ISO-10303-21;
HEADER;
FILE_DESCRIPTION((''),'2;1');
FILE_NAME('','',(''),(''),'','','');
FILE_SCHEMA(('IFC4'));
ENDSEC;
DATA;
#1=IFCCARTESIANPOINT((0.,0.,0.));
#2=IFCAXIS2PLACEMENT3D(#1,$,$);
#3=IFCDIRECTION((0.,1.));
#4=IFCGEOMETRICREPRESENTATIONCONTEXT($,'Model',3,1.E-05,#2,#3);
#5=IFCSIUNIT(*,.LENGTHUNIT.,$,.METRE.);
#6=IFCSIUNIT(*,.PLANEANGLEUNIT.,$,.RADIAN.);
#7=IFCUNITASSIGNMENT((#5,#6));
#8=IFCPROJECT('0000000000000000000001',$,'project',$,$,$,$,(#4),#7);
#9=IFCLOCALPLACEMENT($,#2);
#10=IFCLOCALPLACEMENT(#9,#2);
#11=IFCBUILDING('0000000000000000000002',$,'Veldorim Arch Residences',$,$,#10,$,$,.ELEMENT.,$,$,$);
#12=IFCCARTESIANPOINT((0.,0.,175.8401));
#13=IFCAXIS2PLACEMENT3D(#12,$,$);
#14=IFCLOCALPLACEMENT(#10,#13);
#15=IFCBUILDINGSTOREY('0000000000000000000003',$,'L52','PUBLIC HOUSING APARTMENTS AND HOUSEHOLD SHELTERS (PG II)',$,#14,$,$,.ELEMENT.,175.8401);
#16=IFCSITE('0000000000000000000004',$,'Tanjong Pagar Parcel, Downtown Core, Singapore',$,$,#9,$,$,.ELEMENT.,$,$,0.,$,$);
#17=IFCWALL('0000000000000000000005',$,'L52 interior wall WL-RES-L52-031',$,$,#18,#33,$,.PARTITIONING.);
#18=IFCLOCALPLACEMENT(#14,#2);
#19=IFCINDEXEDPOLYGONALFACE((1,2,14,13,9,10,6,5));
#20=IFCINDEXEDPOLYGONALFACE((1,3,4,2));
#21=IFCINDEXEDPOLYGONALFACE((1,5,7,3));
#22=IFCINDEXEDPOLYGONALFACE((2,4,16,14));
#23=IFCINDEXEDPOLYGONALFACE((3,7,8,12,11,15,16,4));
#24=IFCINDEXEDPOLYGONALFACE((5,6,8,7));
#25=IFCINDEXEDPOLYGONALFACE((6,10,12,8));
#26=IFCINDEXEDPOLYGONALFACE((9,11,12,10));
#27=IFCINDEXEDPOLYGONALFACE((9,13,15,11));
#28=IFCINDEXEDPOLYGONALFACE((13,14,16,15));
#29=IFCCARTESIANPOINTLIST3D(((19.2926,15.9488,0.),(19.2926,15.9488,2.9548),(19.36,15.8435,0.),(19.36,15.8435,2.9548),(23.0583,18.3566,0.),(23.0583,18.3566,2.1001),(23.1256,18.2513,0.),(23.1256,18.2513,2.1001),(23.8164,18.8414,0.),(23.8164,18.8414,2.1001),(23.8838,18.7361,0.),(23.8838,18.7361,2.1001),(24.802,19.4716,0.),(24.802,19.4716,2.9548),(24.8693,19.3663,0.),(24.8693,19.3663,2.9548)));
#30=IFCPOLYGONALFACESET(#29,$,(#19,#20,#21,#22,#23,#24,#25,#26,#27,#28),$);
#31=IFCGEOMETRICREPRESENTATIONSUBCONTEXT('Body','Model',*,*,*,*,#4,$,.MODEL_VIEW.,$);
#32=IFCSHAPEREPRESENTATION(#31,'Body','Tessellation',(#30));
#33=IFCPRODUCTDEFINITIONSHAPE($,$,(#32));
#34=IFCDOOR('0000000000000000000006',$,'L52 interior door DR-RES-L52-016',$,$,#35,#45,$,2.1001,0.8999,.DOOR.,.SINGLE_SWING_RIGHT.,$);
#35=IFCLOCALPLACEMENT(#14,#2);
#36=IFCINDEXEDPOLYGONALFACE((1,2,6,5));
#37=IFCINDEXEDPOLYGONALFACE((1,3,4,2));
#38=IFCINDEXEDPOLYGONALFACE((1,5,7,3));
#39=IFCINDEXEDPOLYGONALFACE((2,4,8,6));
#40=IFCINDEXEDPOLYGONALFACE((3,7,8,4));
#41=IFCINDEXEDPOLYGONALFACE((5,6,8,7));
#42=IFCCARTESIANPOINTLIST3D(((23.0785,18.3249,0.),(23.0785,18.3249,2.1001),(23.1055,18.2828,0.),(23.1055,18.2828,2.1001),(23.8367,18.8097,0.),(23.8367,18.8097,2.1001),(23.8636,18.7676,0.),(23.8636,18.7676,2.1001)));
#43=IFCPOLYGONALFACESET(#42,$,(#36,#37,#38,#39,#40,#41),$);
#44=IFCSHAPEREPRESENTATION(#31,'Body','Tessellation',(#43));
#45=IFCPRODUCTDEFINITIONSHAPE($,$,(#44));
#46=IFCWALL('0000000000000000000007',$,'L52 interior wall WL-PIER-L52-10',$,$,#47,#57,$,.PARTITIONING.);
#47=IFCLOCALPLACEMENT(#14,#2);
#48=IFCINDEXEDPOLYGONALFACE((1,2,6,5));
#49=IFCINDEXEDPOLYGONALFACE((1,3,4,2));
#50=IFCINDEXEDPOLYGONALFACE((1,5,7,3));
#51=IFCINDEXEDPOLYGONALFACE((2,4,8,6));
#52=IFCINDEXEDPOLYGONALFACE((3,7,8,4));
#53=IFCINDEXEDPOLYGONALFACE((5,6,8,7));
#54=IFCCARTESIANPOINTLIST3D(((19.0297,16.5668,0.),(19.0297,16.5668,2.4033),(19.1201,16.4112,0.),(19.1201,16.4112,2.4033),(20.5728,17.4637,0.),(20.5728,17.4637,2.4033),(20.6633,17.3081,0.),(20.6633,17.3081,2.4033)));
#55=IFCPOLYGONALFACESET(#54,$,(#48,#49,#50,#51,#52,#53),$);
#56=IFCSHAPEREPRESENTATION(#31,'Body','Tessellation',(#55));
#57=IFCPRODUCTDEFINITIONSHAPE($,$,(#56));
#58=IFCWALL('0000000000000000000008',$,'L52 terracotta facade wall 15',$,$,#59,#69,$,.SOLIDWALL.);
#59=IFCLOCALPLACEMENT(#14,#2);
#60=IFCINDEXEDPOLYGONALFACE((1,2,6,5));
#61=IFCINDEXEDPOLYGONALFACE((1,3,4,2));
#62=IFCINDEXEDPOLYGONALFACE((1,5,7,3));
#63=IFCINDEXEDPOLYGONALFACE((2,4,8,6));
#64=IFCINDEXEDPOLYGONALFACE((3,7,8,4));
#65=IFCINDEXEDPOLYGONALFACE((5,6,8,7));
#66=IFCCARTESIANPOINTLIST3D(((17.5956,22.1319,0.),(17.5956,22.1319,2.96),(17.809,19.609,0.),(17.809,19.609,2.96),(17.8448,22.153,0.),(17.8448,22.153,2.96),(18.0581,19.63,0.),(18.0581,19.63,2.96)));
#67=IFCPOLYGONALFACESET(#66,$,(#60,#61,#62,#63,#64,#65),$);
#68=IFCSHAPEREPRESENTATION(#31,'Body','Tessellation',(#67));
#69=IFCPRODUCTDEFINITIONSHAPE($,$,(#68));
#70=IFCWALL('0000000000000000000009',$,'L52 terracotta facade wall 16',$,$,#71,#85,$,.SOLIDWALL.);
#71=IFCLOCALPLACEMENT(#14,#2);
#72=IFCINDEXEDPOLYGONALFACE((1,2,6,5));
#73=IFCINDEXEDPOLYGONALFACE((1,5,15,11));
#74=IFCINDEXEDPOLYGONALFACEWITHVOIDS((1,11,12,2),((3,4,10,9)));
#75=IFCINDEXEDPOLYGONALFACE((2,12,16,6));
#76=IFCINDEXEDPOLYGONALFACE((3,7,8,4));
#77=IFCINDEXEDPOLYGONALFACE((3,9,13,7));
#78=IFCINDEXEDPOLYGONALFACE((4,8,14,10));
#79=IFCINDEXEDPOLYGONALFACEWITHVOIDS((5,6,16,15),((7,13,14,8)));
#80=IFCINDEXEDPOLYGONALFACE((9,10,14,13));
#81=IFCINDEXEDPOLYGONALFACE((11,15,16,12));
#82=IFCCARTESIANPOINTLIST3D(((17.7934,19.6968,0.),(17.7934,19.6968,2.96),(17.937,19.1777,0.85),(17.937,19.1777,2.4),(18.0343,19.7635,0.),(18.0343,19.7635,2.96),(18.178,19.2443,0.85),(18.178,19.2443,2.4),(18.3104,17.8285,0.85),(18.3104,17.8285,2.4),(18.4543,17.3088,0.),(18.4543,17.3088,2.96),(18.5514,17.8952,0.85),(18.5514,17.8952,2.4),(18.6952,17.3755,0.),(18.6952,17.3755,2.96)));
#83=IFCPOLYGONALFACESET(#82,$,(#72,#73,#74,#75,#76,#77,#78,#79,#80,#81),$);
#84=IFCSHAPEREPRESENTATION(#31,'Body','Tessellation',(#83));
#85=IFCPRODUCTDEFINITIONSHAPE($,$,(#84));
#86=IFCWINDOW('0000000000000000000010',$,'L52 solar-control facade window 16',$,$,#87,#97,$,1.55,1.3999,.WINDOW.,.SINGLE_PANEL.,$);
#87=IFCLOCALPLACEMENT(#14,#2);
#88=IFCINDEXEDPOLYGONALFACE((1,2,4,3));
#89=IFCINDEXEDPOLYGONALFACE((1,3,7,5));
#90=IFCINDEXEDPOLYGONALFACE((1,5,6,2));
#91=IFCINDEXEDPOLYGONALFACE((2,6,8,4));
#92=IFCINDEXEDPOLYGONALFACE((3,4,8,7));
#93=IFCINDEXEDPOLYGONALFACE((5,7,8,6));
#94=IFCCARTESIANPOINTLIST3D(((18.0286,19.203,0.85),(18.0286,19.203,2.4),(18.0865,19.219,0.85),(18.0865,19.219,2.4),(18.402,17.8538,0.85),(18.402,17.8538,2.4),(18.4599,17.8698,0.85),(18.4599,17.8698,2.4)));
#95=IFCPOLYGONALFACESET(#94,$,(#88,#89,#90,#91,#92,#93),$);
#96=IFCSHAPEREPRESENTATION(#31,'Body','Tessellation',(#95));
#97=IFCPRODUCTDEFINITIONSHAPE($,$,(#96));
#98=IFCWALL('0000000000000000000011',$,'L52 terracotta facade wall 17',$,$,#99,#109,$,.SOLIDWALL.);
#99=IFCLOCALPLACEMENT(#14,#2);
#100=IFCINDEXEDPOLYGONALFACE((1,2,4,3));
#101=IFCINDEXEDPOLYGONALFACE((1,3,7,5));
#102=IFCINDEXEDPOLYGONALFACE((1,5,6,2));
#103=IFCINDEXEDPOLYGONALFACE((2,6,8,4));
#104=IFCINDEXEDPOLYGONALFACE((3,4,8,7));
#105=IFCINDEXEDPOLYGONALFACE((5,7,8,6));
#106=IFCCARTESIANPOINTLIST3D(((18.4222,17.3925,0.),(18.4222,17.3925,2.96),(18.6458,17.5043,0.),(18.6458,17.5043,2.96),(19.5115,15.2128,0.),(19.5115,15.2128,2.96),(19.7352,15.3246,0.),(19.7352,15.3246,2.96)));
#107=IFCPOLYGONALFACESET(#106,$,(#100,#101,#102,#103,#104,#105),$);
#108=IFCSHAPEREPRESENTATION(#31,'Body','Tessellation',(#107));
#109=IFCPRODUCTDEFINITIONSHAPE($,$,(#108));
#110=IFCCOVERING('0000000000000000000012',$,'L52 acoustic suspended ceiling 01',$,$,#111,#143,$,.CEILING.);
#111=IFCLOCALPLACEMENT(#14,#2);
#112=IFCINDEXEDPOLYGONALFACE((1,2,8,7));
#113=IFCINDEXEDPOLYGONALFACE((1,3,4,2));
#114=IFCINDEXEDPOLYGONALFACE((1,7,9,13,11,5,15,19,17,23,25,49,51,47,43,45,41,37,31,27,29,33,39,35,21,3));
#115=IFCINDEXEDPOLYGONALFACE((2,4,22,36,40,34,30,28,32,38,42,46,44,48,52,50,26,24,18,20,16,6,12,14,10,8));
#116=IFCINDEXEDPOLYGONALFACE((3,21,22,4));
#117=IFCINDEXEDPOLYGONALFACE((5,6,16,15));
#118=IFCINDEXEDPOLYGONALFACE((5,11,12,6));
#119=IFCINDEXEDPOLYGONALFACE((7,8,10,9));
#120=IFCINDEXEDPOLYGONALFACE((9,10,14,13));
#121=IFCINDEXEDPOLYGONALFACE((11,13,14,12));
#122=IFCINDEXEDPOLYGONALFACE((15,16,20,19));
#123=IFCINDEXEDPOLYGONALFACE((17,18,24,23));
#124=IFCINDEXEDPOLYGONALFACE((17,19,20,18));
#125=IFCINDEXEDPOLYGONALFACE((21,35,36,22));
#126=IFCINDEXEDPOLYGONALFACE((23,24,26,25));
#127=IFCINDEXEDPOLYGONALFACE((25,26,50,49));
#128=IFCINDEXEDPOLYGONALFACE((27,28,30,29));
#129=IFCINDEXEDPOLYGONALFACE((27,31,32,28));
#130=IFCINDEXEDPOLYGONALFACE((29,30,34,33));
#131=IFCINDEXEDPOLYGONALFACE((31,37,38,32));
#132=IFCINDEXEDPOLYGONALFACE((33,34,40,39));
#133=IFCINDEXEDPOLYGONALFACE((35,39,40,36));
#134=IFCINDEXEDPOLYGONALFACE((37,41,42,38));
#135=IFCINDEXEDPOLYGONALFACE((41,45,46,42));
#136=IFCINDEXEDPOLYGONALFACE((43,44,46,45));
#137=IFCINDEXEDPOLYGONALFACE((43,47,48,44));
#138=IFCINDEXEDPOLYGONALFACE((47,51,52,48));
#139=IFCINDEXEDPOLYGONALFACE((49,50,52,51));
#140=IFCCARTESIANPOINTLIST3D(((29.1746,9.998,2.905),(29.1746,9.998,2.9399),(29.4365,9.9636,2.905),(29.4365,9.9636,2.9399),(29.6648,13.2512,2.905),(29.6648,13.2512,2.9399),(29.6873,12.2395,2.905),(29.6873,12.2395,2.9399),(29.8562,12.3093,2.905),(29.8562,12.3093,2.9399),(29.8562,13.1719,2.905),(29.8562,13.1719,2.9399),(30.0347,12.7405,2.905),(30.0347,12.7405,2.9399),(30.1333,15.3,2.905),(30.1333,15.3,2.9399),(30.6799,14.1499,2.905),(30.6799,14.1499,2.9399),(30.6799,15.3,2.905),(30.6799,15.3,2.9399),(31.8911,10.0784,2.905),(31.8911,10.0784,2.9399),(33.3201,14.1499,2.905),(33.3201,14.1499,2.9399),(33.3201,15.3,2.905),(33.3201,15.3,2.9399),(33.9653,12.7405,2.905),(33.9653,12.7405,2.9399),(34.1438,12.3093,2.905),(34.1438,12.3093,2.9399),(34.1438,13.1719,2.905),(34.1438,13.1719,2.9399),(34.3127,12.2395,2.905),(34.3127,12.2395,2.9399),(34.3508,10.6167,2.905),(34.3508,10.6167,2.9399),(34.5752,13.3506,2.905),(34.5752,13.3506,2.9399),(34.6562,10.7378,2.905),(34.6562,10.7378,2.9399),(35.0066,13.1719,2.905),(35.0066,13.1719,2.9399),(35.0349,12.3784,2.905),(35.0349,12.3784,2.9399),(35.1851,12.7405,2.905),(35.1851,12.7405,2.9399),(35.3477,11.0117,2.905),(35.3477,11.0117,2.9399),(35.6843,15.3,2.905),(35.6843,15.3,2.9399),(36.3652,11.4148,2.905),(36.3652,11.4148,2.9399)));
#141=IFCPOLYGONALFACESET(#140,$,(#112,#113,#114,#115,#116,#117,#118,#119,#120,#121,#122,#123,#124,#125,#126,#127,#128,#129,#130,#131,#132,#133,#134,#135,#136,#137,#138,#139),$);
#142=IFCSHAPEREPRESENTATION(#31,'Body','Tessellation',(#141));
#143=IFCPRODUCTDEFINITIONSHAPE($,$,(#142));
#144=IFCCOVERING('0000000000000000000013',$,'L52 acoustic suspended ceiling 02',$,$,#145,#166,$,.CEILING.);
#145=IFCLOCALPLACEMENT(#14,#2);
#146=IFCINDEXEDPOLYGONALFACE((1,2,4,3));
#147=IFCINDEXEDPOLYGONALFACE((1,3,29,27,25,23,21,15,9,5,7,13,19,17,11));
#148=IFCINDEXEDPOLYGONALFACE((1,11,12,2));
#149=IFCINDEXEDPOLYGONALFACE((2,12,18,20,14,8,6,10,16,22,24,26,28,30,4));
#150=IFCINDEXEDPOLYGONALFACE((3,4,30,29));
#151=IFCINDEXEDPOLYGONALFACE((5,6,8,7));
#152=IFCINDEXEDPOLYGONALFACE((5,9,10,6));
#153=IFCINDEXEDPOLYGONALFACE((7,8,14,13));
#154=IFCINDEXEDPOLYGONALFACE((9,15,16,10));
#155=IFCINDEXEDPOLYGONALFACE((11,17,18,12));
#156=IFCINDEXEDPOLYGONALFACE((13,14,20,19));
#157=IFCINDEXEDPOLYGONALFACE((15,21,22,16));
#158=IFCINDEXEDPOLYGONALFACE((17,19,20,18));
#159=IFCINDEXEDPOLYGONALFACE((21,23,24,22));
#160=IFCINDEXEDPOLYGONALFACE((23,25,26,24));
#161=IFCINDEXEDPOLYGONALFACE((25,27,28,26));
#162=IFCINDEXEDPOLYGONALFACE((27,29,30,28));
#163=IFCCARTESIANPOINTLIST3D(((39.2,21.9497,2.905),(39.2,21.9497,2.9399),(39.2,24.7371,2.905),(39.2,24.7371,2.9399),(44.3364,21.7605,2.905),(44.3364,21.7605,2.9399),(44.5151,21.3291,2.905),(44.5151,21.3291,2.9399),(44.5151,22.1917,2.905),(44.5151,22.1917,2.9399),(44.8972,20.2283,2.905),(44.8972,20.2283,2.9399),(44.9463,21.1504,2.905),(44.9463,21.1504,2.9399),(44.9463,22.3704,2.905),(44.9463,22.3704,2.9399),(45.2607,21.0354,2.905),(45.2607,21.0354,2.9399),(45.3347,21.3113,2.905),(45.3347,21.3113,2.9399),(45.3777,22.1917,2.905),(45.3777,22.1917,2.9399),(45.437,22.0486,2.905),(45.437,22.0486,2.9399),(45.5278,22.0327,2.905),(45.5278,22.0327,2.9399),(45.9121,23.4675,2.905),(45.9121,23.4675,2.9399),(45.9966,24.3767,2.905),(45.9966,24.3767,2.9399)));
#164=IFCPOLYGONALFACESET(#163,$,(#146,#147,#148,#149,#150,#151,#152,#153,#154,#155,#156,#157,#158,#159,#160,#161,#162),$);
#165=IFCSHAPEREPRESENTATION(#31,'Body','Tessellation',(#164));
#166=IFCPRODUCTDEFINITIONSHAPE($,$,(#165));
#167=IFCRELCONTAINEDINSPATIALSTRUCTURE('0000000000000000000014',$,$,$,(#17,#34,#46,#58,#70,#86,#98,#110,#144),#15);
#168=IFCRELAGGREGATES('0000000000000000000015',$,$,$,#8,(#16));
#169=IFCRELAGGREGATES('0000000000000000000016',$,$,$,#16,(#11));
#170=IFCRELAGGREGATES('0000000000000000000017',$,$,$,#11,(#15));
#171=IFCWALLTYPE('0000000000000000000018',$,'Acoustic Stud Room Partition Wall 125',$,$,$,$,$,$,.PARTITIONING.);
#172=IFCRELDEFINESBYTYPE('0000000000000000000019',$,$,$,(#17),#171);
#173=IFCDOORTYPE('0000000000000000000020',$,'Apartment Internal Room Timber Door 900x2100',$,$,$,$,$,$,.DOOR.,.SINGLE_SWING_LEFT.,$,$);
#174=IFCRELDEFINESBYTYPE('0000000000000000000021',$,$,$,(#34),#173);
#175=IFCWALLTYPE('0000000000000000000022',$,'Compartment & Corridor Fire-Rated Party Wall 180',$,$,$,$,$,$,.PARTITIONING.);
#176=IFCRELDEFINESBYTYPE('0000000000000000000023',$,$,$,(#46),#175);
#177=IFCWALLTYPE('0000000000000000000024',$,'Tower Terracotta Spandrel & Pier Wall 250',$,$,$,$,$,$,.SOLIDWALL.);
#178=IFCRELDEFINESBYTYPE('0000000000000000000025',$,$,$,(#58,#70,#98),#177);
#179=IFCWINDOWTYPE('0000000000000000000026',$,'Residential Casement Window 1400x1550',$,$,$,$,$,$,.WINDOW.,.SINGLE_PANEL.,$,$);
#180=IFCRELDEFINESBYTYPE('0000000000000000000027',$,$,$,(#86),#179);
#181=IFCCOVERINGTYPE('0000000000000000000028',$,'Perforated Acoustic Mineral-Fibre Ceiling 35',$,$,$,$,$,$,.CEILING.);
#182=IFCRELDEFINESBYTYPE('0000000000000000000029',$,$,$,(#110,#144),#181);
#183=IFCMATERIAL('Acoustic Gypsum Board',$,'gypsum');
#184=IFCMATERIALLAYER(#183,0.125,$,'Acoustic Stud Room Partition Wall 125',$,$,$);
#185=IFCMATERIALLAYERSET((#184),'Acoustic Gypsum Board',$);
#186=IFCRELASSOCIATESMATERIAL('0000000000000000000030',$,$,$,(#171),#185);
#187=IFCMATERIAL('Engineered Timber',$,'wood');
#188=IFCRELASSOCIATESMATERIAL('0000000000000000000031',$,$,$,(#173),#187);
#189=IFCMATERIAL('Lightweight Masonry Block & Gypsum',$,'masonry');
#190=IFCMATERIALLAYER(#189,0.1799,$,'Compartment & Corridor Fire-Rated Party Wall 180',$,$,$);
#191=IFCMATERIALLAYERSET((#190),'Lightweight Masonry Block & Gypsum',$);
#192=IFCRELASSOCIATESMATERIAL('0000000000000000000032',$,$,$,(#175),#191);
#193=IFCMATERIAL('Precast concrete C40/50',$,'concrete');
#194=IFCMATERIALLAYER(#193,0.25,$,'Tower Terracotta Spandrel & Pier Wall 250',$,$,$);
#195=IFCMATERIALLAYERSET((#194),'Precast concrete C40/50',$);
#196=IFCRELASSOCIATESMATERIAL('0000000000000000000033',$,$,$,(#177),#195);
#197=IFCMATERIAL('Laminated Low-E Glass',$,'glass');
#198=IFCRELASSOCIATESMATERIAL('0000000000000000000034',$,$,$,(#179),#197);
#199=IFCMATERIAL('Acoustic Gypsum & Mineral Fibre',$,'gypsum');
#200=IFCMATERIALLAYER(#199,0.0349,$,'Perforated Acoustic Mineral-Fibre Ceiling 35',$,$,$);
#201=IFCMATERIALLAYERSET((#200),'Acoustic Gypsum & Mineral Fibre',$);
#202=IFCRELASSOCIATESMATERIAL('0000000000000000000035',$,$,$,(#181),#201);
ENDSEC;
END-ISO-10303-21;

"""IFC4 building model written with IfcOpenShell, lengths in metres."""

from ifc_helpers import new_model, si_unit, direction, frame, frame_2d, origin, place, context, subcontext, project, spatial, polyline, rectangle, outline, extrude, material, layer, layer_set, type_object, element, fill, save


model = new_model("IFC4")

# Units and contexts
model_context = context("Model", 3, precision=1e-05, world=origin(), true_north=direction((0.0, 1.0)))
body_context = subcontext(model_context, "Body", "Model", "MODEL_VIEW")
ifc_project = project(units=[si_unit("LENGTHUNIT", "METRE"), si_unit("PLANEANGLEUNIT", "RADIAN")], contexts=[model_context])

# Site, building, storey
site_placement = place(None, origin())
site = spatial("IfcSite", under=ifc_project, at=site_placement, Name="Tanjong Pagar Parcel, Downtown Core, Singapore", CompositionType="ELEMENT", RefElevation=0.0)
building_placement = place(site_placement, origin())
building = spatial("IfcBuilding", under=site, at=building_placement, Name="Veldorim Arch Residences", CompositionType="ELEMENT")
storey_placement = place(building_placement, frame((0.0, 0.0, 175.8401)))
storey = spatial("IfcBuildingStorey", under=building, at=storey_placement, Name="L52", Description="PUBLIC HOUSING APARTMENTS AND HOUSEHOLD SHELTERS (PG II)", CompositionType="ELEMENT", Elevation=175.8401)

# Wall, opening, door
ifc_material_1 = material(Name="Acoustic Gypsum Board", Category="gypsum")
ifc_layer_1 = layer(ifc_material_1, 0.125, Name="Acoustic Stud Room Partition Wall 125")
ifc_layer_set_1 = layer_set([ifc_layer_1], Name="Acoustic Gypsum Board")
wall_type_1 = type_object("IfcWallType", Name="Acoustic Stud Room Partition Wall 125", PredefinedType="PARTITIONING", material=ifc_layer_set_1)
wall_1_placement = place(storey_placement, frame((19.3264, 15.8962, 0.0), z_axis=(0.0, 0.0, 1.0), x_axis=(0.842496, 0.538703, 0.0)))
wall_1 = element("IfcWall", 1, at=wall_1_placement, inside=storey, type_object=wall_type_1, Name="L52 interior wall WL-RES-L52-031", PredefinedType="PARTITIONING", context=body_context, shape_type="SweptSolid", body=[
    extrude(rectangle(XDim=6.5393, YDim=0.125, at=frame_2d((3.2695, 0.0))), origin(), (0.0, 0.0, 1.0), 2.9548),
])
opening_1_placement = place(wall_1_placement, frame((4.4695, 0.0, 0.0)))
opening_1 = element("IfcOpeningElement", 2, at=opening_1_placement, cuts=wall_1, PredefinedType="OPENING", context=body_context, shape_type="SweptSolid", body=[
    extrude(rectangle(XDim=0.8999, YDim=2.1001, at=frame_2d((0.45, 1.05))), frame((0.0, 0.0725, 0.0), z_axis=(0.0, -1.0, 0.0), x_axis=(1.0, 0.0, 0.0)), (0.0, 0.0, 1.0), 0.145),
])
ifc_material_2 = material(Name="Engineered Timber", Category="wood")
door_type = type_object("IfcDoorType", Name="Apartment Internal Room Timber Door 900x2100", OperationType="SINGLE_SWING_LEFT", PredefinedType="DOOR", material=ifc_material_2)
door_placement = place(opening_1_placement, origin())
door = element("IfcDoor", 3, at=door_placement, inside=storey, type_object=door_type, Name="L52 interior door DR-RES-L52-016", OperationType="SINGLE_SWING_RIGHT", OverallHeight=2.1001, OverallWidth=0.8999, PredefinedType="DOOR", context=body_context, shape_type="SweptSolid", body=[
    extrude(rectangle(XDim=0.8999, YDim=2.1001, at=frame_2d((0.45, 1.05))), frame((0.0, 0.0249, 0.0), z_axis=(0.0, -1.0, 0.0), x_axis=(1.0, 0.0, 0.0)), (0.0, 0.0, 1.0), 0.05),
])
fill(opening_1, door)

# Walls
ifc_material_3 = material(Name="Lightweight Masonry Block & Gypsum", Category="masonry")
ifc_layer_2 = layer(ifc_material_3, 0.1799, Name="Compartment & Corridor Fire-Rated Party Wall 180")
ifc_layer_set_2 = layer_set([ifc_layer_2], Name="Lightweight Masonry Block & Gypsum")
wall_type_2 = type_object("IfcWallType", Name="Compartment & Corridor Fire-Rated Party Wall 180", PredefinedType="PARTITIONING", material=ifc_layer_set_2)
wall_2_placement = place(storey_placement, frame((20.6182, 17.386, 0.0), z_axis=(0.0, 0.0, 1.0), x_axis=(-0.864567, -0.502518, 0.0)))
element("IfcWall", 4, at=wall_2_placement, inside=storey, type_object=wall_type_2, Name="L52 interior wall WL-PIER-L52-10", PredefinedType="PARTITIONING", context=body_context, shape_type="SweptSolid", body=[
    extrude(rectangle(XDim=1.7849, YDim=0.1799, at=frame_2d((0.8926, 0.0))), origin(), (0.0, 0.0, 1.0), 2.4033),
])
ifc_material_4 = material(Name="Precast concrete C40/50", Category="concrete")
ifc_layer_3 = layer(ifc_material_4, 0.25, Name="Tower Terracotta Spandrel & Pier Wall 250")
ifc_layer_set_3 = layer_set([ifc_layer_3], Name="Precast concrete C40/50")
wall_type_3 = type_object("IfcWallType", Name="Tower Terracotta Spandrel & Pier Wall 250", PredefinedType="SOLIDWALL", material=ifc_layer_set_3)
wall_3_placement = place(storey_placement, frame((17.9336, 19.6194, 0.0), z_axis=(0.0, 0.0, 1.0), x_axis=(-0.084274, 0.996443, 0.0)))
element("IfcWall", 5, at=wall_3_placement, inside=storey, type_object=wall_type_3, Name="L52 terracotta facade wall 15", PredefinedType="SOLIDWALL", context=body_context, shape_type="SweptSolid", body=[
    extrude(rectangle(XDim=2.532, YDim=0.25, at=frame_2d((1.2661, 0.0))), origin(), (0.0, 0.0, 1.0), 2.96),
])

# Wall, opening, window
wall_4_placement = place(storey_placement, frame((18.5747, 17.3423, 0.0), z_axis=(0.0, 0.0, 1.0), x_axis=(-0.266734, 0.96377, 0.0)))
wall_4 = element("IfcWall", 6, at=wall_4_placement, inside=storey, type_object=wall_type_3, Name="L52 terracotta facade wall 16", PredefinedType="SOLIDWALL", context=body_context, shape_type="SweptSolid", body=[
    extrude(rectangle(XDim=2.4778, YDim=0.25, at=frame_2d((1.2388, 0.0))), origin(), (0.0, 0.0, 1.0), 2.96),
])
opening_2_placement = place(wall_4_placement, frame((0.5391, 0.0, 0.8501)))
opening_2 = element("IfcOpeningElement", 7, at=opening_2_placement, cuts=wall_4, PredefinedType="OPENING", context=body_context, shape_type="SweptSolid", body=[
    extrude(rectangle(XDim=1.3999, YDim=1.55, at=frame_2d((0.7, 0.7749))), frame((0.0, 0.135, 0.0), z_axis=(0.0, -1.0, 0.0), x_axis=(1.0, 0.0, 0.0)), (0.0, 0.0, 1.0), 0.27),
])
ifc_material_5 = material(Name="Laminated Low-E Glass", Category="glass")
window_type = type_object("IfcWindowType", Name="Residential Casement Window 1400x1550", PartitioningType="SINGLE_PANEL", PredefinedType="WINDOW", material=ifc_material_5)
window_placement = place(opening_2_placement, origin())
window = element("IfcWindow", 8, at=window_placement, inside=storey, type_object=window_type, Name="L52 solar-control facade window 16", OverallHeight=1.55, OverallWidth=1.3999, PartitioningType="SINGLE_PANEL", PredefinedType="WINDOW", context=body_context, shape_type="SweptSolid", body=[
    extrude(rectangle(XDim=1.3999, YDim=1.55, at=frame_2d((0.7, 0.7749))), frame((0.0, 0.03, 0.0), z_axis=(0.0, -1.0, 0.0), x_axis=(1.0, 0.0, 0.0)), (0.0, 0.0, 1.0), 0.0601),
])
fill(opening_2, window)

# Wall
wall_5_placement = place(storey_placement, frame((19.6233, 15.2688, 0.0), z_axis=(0.0, 0.0, 1.0), x_axis=(-0.447053, 0.894507, 0.0)))
element("IfcWall", 9, at=wall_5_placement, inside=storey, type_object=wall_type_3, Name="L52 terracotta facade wall 17", PredefinedType="SOLIDWALL", context=body_context, shape_type="SweptSolid", body=[
    extrude(rectangle(XDim=2.4368, YDim=0.25, at=frame_2d((1.2183, 0.0))), origin(), (0.0, 0.0, 1.0), 2.96),
])

# Coverings
ifc_material_6 = material(Name="Acoustic Gypsum & Mineral Fibre", Category="gypsum")
ifc_layer_4 = layer(ifc_material_6, 0.0349, Name="Perforated Acoustic Mineral-Fibre Ceiling 35")
ifc_layer_set_4 = layer_set([ifc_layer_4], Name="Acoustic Gypsum & Mineral Fibre")
covering_type_1 = type_object("IfcCoveringType", Name="Perforated Acoustic Mineral-Fibre Ceiling 35", PredefinedType="CEILING", material=ifc_layer_set_4)
covering_1_placement = place(storey_placement, frame((0.0, 0.0, 2.905)))
element("IfcCovering", 10, at=covering_1_placement, inside=storey, type_object=covering_type_1, Name="L52 acoustic suspended ceiling 01", PredefinedType="CEILING", context=body_context, shape_type="SweptSolid", body=[
    extrude(outline(polyline([(35.1851, 12.7405), (35.0066, 13.1719), (34.5752, 13.3506), (34.1438, 13.1719), (33.9653, 12.7405), (34.1438, 12.3093), (34.3127, 12.2395), (34.6562, 10.7378), (34.3508, 10.6167), (31.8911, 10.0784), (29.4365, 9.9636), (29.1746, 9.998), (29.6873, 12.2395), (29.8562, 12.3093), (30.0347, 12.7405), (29.8562, 13.1719), (29.6648, 13.2512), (30.1333, 15.3), (30.6799, 15.3), (30.6799, 14.1499), (33.3201, 14.1499), (33.3201, 15.3), (35.6843, 15.3), (36.3652, 11.4148), (35.3477, 11.0117), (35.0349, 12.3784), (35.1851, 12.7405)])), origin(), (0.0, 0.0, 1.0), 0.0349),
])
covering_2_placement = place(storey_placement, frame((0.0, 0.0, 2.905)))
element("IfcCovering", 11, at=covering_2_placement, inside=storey, type_object=covering_type_1, Name="L52 acoustic suspended ceiling 02", PredefinedType="CEILING", context=body_context, shape_type="SweptSolid", body=[
    extrude(outline(polyline([(45.2607, 21.0354), (44.8972, 20.2283), (39.2, 21.9497), (39.2, 24.7371), (45.9966, 24.3767), (45.9121, 23.4675), (45.5278, 22.0327), (45.437, 22.0486), (45.3777, 22.1917), (44.9463, 22.3704), (44.5151, 22.1917), (44.3364, 21.7605), (44.5151, 21.3291), (44.9463, 21.1504), (45.3347, 21.3113), (45.2607, 21.0354)])), origin(), (0.0, 0.0, 1.0), 0.0349),
])

save(model, "model.ifc")
